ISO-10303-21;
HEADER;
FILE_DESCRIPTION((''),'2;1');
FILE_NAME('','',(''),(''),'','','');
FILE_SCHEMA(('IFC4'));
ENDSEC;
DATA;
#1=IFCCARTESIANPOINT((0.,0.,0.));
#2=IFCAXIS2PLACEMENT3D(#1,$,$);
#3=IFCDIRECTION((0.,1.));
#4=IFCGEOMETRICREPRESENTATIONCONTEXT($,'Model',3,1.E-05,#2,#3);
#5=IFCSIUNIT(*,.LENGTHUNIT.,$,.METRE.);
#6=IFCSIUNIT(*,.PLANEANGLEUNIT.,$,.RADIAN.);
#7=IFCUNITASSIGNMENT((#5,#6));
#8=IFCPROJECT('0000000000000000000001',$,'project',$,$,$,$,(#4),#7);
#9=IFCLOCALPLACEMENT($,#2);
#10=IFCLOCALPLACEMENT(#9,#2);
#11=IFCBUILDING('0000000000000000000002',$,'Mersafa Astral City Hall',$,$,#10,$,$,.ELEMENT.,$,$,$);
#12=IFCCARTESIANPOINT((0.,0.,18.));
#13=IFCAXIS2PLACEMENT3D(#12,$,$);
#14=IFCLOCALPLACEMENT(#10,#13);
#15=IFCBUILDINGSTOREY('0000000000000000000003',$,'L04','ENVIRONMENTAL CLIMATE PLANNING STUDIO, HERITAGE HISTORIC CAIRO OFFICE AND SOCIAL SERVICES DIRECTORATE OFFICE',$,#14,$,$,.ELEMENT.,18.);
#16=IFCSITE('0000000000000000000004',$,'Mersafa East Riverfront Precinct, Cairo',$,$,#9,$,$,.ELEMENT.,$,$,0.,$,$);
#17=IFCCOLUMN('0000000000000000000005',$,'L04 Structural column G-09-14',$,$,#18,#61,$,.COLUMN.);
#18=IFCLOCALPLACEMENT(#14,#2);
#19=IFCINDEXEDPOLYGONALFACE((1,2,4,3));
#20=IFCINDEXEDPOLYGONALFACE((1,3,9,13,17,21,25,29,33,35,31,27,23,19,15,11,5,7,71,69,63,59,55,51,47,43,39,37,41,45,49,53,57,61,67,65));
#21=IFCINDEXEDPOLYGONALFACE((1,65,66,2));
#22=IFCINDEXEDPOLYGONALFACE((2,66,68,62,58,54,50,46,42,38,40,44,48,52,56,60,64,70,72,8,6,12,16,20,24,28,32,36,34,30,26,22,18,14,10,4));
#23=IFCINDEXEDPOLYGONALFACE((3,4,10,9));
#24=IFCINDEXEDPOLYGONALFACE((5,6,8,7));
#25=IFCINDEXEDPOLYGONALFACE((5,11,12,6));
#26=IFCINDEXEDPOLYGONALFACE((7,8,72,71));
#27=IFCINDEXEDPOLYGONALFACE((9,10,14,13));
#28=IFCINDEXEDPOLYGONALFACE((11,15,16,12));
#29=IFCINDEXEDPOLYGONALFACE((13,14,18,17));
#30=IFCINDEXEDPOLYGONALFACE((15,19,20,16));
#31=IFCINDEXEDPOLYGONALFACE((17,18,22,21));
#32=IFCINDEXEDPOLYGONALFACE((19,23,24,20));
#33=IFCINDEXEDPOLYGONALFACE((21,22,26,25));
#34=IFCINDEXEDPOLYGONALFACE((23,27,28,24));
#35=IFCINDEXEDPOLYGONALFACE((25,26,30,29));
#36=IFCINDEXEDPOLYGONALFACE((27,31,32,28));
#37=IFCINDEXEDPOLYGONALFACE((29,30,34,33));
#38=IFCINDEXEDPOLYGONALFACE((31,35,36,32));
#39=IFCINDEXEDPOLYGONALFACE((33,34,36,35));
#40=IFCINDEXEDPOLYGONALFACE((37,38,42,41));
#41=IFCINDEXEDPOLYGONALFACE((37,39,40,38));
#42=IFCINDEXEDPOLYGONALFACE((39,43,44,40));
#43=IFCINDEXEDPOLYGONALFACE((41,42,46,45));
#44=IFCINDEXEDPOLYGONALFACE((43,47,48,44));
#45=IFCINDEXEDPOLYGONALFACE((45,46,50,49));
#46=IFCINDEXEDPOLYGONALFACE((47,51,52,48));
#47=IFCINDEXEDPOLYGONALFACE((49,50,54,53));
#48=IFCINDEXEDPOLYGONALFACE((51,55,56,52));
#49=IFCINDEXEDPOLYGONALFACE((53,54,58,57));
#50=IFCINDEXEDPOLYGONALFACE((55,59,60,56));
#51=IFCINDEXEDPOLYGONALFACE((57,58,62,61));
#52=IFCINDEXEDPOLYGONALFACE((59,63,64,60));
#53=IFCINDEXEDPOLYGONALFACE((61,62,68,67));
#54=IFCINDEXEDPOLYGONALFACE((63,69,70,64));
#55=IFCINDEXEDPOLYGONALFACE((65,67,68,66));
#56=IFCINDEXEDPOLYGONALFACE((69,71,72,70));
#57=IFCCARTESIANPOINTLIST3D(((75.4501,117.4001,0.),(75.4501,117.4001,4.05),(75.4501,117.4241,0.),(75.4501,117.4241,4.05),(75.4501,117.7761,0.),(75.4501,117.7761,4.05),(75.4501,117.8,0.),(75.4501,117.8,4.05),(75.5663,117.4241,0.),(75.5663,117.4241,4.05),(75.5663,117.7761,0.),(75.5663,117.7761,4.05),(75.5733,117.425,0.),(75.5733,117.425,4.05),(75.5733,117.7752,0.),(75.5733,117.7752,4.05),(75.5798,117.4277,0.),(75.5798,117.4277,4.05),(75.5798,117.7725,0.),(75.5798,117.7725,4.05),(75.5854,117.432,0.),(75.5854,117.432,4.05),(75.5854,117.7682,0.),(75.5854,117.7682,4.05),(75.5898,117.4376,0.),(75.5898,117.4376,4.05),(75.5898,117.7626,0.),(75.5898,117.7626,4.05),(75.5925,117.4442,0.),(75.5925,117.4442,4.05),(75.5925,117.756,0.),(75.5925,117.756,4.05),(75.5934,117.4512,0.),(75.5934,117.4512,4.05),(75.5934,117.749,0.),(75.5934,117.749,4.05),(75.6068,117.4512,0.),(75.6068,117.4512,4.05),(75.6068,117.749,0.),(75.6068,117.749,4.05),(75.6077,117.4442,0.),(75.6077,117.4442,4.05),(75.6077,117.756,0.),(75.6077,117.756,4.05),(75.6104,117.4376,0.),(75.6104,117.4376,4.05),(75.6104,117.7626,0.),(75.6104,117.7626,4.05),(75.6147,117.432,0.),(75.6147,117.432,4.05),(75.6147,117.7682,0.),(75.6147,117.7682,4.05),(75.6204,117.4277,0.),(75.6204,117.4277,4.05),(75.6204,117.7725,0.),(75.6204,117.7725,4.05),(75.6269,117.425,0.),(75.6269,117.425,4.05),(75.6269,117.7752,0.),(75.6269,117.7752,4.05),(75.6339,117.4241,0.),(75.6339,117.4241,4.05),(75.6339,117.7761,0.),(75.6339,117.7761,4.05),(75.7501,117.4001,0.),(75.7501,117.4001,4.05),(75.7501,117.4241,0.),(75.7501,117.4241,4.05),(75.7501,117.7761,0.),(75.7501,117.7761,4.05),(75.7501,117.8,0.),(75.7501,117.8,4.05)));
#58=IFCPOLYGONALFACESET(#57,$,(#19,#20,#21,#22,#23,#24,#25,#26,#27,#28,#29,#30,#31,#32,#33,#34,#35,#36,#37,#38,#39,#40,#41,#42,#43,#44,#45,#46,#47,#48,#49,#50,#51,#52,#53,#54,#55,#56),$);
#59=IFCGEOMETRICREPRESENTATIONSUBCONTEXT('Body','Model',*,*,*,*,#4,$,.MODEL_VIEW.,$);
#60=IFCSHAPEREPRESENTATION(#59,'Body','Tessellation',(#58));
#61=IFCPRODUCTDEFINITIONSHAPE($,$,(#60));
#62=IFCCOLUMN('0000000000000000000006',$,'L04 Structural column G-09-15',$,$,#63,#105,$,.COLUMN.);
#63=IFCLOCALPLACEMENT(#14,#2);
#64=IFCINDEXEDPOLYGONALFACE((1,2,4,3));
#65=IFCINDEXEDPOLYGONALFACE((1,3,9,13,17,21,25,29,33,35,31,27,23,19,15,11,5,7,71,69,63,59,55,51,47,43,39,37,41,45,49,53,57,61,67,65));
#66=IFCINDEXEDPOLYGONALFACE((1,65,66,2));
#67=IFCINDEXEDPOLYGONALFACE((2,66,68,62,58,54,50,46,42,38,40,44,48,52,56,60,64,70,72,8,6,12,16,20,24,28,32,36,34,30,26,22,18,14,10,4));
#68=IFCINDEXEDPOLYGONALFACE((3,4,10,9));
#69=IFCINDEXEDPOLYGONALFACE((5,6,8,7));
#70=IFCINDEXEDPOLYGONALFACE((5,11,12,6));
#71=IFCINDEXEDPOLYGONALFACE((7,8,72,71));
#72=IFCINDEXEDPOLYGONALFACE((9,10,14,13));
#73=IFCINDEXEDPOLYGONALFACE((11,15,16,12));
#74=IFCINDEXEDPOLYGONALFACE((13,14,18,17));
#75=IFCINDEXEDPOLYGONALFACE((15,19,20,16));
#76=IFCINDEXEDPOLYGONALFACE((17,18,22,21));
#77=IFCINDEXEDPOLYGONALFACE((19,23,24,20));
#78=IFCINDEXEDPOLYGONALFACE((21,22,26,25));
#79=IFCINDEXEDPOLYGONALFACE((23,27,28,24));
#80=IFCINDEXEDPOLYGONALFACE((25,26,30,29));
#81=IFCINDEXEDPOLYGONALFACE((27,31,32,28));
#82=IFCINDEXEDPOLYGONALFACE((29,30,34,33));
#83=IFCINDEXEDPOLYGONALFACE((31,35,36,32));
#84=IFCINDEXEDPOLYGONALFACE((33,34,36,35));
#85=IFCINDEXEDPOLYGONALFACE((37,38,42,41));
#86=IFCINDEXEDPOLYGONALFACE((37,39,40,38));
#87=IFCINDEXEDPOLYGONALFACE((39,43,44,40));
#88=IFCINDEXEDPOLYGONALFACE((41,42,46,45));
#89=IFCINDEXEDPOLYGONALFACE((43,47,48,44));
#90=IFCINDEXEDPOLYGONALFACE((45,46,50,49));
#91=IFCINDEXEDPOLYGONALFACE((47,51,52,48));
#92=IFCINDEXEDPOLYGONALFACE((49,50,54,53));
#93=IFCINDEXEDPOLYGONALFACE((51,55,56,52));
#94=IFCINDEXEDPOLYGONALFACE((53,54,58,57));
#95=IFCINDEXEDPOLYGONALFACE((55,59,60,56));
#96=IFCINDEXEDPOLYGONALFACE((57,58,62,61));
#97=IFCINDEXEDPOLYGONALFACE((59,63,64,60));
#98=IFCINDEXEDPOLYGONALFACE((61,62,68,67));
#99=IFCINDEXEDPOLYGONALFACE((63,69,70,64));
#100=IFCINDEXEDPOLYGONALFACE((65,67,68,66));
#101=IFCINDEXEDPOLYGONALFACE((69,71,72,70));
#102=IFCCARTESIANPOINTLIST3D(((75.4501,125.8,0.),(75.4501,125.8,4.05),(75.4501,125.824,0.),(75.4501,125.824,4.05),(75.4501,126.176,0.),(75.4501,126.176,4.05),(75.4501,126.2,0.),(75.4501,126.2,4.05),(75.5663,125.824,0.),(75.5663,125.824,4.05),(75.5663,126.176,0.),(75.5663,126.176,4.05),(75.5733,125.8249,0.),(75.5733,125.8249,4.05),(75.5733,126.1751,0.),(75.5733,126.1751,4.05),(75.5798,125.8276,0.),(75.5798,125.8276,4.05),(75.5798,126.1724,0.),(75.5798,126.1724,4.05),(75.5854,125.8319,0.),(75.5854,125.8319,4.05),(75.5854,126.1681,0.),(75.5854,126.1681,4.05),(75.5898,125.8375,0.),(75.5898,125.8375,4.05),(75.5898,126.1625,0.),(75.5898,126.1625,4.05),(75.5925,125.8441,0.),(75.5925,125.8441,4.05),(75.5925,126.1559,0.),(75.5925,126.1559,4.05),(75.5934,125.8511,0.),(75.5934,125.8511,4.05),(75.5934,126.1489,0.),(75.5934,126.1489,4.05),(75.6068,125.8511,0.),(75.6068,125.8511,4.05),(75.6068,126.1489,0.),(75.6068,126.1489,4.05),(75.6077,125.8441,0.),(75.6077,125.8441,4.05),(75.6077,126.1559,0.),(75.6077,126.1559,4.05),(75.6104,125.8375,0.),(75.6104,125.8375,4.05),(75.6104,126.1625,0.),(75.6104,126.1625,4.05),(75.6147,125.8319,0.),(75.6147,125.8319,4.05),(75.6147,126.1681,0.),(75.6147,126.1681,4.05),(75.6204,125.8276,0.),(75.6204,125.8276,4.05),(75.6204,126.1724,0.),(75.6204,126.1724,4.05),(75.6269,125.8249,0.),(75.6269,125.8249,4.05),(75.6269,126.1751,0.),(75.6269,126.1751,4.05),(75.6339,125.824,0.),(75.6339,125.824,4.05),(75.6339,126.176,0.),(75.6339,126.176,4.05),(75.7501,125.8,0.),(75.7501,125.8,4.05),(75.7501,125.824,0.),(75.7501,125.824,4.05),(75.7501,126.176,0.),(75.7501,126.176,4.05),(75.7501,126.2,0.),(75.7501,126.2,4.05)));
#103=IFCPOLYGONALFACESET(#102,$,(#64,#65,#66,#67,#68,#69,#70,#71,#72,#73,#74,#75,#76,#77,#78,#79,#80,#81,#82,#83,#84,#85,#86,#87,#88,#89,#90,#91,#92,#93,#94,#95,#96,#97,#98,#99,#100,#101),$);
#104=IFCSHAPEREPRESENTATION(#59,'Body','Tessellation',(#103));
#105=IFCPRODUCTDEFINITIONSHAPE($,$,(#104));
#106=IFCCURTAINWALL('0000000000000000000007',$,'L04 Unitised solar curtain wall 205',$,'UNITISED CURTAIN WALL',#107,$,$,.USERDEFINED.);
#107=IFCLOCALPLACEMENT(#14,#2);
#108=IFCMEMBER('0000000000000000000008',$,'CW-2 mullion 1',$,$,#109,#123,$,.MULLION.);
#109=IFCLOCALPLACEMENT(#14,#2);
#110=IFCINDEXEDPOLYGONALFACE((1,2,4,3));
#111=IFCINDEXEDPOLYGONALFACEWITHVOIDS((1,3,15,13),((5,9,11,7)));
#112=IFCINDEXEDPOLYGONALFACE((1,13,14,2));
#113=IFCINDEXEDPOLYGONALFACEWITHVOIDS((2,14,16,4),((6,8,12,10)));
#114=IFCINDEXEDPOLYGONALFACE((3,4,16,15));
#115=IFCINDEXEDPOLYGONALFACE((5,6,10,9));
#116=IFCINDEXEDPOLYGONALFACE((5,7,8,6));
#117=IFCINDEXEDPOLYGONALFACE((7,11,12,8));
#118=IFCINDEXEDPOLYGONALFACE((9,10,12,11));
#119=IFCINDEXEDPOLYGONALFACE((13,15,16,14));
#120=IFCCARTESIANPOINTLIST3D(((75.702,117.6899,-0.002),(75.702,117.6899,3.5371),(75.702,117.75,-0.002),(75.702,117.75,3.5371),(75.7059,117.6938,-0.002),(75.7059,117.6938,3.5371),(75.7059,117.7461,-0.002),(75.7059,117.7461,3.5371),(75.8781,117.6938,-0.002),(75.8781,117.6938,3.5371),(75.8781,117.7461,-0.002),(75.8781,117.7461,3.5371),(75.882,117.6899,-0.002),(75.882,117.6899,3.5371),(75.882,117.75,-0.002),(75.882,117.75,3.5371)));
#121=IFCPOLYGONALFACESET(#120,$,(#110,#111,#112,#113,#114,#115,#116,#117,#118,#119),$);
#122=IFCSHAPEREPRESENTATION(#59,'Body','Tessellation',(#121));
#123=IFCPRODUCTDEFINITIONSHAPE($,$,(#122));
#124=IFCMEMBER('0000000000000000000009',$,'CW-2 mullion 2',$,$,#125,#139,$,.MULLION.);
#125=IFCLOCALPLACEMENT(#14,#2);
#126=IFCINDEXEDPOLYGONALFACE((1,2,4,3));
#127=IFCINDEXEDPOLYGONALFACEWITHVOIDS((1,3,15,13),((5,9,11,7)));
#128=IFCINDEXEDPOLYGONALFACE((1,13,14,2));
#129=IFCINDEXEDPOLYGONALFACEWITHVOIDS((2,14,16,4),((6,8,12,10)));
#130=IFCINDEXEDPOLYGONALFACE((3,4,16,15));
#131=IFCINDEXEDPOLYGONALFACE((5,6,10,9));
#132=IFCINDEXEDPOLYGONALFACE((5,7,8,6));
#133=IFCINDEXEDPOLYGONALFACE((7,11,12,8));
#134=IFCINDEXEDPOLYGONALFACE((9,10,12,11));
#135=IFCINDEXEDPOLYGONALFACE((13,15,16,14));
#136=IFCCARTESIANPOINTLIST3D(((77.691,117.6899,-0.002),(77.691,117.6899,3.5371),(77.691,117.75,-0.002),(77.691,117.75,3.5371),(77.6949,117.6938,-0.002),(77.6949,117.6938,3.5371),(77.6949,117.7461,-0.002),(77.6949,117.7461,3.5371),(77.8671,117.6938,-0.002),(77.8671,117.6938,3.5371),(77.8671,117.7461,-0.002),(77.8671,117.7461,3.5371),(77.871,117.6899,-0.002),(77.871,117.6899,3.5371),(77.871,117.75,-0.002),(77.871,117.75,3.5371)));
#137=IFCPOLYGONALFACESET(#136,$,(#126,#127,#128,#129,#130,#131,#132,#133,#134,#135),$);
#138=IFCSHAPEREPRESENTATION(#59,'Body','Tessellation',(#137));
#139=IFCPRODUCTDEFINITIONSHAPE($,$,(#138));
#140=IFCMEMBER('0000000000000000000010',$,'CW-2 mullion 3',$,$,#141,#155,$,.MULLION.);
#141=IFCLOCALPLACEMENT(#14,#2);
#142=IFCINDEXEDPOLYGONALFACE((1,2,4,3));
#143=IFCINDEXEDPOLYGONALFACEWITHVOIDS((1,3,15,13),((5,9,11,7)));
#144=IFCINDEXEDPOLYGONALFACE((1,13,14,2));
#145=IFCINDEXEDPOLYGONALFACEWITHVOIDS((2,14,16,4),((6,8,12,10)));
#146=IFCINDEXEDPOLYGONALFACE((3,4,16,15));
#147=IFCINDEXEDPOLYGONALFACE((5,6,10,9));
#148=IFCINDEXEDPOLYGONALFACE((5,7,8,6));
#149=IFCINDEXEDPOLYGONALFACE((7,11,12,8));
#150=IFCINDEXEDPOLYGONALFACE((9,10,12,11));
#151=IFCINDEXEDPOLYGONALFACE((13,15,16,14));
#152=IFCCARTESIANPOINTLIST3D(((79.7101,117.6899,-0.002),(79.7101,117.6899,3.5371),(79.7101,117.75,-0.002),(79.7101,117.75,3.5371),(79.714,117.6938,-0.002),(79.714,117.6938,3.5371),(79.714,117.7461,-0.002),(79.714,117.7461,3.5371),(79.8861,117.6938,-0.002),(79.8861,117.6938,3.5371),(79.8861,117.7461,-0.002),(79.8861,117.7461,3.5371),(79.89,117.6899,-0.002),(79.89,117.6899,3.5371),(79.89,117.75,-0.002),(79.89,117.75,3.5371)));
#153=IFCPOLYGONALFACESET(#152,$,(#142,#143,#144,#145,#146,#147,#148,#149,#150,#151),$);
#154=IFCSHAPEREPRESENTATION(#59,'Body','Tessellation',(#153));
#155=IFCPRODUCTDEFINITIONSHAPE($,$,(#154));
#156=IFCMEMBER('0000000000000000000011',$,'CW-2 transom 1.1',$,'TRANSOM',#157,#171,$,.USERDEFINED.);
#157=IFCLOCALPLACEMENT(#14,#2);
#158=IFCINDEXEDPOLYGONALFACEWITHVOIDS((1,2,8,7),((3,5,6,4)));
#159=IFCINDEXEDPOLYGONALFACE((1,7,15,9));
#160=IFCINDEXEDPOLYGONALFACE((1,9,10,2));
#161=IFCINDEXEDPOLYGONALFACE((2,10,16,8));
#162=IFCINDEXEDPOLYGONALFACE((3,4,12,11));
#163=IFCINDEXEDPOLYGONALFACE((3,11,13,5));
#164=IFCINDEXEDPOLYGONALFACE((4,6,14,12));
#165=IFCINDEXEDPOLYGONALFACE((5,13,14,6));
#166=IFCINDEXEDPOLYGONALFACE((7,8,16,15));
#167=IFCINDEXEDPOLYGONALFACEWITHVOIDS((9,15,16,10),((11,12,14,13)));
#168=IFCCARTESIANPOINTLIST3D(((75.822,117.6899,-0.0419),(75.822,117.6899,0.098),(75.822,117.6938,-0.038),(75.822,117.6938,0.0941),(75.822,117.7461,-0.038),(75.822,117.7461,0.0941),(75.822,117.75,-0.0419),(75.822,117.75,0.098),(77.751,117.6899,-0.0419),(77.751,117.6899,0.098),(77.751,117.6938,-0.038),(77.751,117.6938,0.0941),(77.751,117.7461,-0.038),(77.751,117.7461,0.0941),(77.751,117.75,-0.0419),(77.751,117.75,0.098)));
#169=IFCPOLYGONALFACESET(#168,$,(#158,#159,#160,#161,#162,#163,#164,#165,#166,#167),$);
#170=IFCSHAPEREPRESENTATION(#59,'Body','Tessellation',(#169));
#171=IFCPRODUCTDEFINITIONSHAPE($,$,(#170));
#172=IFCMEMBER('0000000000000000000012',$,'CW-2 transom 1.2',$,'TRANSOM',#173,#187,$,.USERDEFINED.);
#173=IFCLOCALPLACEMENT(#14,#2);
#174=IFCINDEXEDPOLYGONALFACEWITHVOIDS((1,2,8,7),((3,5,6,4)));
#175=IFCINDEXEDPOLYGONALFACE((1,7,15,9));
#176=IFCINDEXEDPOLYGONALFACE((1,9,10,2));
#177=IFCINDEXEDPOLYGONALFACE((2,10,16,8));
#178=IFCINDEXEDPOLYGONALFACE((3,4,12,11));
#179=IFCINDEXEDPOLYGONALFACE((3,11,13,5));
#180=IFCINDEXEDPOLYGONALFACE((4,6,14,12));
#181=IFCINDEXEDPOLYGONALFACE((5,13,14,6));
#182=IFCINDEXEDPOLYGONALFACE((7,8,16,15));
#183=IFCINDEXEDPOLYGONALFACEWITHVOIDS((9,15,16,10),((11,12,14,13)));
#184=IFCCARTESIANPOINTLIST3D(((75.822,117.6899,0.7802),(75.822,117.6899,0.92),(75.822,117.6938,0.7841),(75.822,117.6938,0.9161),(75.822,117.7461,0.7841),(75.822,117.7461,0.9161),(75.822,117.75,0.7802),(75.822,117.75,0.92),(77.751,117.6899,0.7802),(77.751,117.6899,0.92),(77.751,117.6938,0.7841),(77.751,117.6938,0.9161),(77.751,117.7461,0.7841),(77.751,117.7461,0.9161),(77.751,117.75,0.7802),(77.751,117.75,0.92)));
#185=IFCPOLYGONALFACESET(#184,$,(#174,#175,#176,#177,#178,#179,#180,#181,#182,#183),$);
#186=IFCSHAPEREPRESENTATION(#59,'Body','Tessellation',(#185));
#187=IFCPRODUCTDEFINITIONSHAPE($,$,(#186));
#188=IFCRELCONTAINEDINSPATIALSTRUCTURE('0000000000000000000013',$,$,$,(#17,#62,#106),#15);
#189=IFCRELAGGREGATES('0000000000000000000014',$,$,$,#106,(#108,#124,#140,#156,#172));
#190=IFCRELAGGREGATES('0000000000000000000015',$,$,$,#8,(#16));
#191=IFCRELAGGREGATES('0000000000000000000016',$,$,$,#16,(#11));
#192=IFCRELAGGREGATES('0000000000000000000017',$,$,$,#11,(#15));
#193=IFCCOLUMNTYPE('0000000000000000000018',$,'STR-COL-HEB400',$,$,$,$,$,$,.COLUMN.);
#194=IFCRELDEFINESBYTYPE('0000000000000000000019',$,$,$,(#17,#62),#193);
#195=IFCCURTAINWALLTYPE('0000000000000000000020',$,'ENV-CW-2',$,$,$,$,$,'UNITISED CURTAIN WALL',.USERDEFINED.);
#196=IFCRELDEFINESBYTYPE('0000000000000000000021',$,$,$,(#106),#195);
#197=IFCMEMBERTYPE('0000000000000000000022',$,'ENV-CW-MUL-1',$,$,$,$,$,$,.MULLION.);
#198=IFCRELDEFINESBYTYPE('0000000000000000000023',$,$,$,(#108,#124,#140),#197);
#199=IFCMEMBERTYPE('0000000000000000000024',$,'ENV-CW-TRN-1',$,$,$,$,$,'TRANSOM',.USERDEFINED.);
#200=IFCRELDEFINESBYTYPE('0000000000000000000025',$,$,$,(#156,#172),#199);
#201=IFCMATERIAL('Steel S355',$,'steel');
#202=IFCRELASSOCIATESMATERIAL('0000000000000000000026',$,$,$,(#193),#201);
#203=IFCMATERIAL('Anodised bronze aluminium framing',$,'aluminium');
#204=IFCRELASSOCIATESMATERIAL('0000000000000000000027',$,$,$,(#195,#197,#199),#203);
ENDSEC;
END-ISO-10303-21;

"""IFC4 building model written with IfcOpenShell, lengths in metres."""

from ifc_helpers import new_model, si_unit, direction, frame, origin, origin_2d, place, context, subcontext, project, spatial, hollow_rectangle, i_section, extrude, material, material_profile, profile_set, type_object, element, aggregate, save


model = new_model("IFC4")

# Units and contexts
model_context = context("Model", 3, precision=1e-05, world=origin(), true_north=direction((0.0, 1.0)))
body_context = subcontext(model_context, "Body", "Model", "MODEL_VIEW")
ifc_project = project(units=[si_unit("LENGTHUNIT", "METRE"), si_unit("PLANEANGLEUNIT", "RADIAN")], contexts=[model_context])

# Site, building, storey
site_placement = place(None, origin())
site = spatial("IfcSite", under=ifc_project, at=site_placement, Name="Mersafa East Riverfront Precinct, Cairo", CompositionType="ELEMENT", RefElevation=0.0)
building_placement = place(site_placement, origin())
building = spatial("IfcBuilding", under=site, at=building_placement, Name="Mersafa Astral City Hall", CompositionType="ELEMENT")
storey_placement = place(building_placement, frame((0.0, 0.0, 18.0)))
storey = spatial("IfcBuildingStorey", under=building, at=storey_placement, Name="L04", Description="ENVIRONMENTAL CLIMATE PLANNING STUDIO, HERITAGE HISTORIC CAIRO OFFICE AND SOCIAL SERVICES DIRECTORATE OFFICE", CompositionType="ELEMENT", Elevation=18.0)

# Columns
ifc_material_1 = material(Name="Steel S355", Category="steel")
ifc_material_profile_1 = material_profile(ifc_material_1, i_section(OverallWidth=0.3, OverallDepth=0.3999, WebThickness=0.0134, FlangeThickness=0.0239, FilletRadius=0.0271, at=origin_2d()), Name="HEB 400")
ifc_profile_set_1 = profile_set([ifc_material_profile_1], Name="Steel S355")
column_type = type_object("IfcColumnType", Name="STR-COL-HEB400", PredefinedType="COLUMN", material=ifc_profile_set_1)
for number, where, z_axis, x_axis, name in (
    (1, (75.6001, 117.6001, 0.0), (0.0, 0.0, 1.0), (1.0, 0.0, 0.0), "L04 Structural column G-09-14"),
    (2, (75.6001, 126.0, 0.0), (0.0, 0.0, 1.0), (1.0, 0.0, 0.0), "L04 Structural column G-09-15"),
):
    element("IfcColumn", number, at=place(storey_placement, frame(where, z_axis=z_axis, x_axis=x_axis)), inside=storey, type_object=column_type, Name=name, PredefinedType="COLUMN", context=body_context, shape_type="SweptSolid", body=[
        extrude(i_section(OverallWidth=0.3, OverallDepth=0.3999, WebThickness=0.0134, FlangeThickness=0.0239, FilletRadius=0.0271, at=origin_2d()), origin(), (0.0, 0.0, 1.0), 4.05),
    ])

# Curtain wall, members
ifc_material_2 = material(Name="Anodised bronze aluminium framing", Category="aluminium")
curtain_wall_type = type_object("IfcCurtainWallType", Name="ENV-CW-2", ElementType="UNITISED CURTAIN WALL", PredefinedType="USERDEFINED", material=ifc_material_2)
curtain_wall_placement = place(storey_placement, origin())
curtain_wall = element("IfcCurtainWall", 3, at=curtain_wall_placement, inside=storey, type_object=curtain_wall_type, Name="L04 Unitised solar curtain wall 205", ObjectType="UNITISED CURTAIN WALL", PredefinedType="USERDEFINED")
ifc_material_profile_2 = material_profile(ifc_material_2, hollow_rectangle(XDim=0.0601, YDim=0.1799, WallThickness=0.0039, at=origin_2d()), Name="RHS 60x180x4")
ifc_profile_set_2 = profile_set([ifc_material_profile_2], Name="Anodised bronze aluminium framing")
member_type_1 = type_object("IfcMemberType", Name="ENV-CW-MUL-1", PredefinedType="MULLION", material=ifc_profile_set_2)
member_1_placement = place(storey_placement, frame((75.792, 117.72, -0.002), z_axis=(0.0, 0.0, 1.0), x_axis=(0.0, 1.0, 0.0)))
member_1 = element("IfcMember", 4, at=member_1_placement, type_object=member_type_1, Name="CW-2 mullion 1", PredefinedType="MULLION", context=body_context, shape_type="SweptSolid", body=[
    extrude(hollow_rectangle(XDim=0.0601, YDim=0.1799, WallThickness=0.0039, at=origin_2d()), origin(), (0.0, 0.0, 1.0), 3.5391),
])
member_2_placement = place(storey_placement, frame((77.781, 117.72, -0.002), z_axis=(0.0, 0.0, 1.0), x_axis=(0.0, 1.0, 0.0)))
member_2 = element("IfcMember", 5, at=member_2_placement, type_object=member_type_1, Name="CW-2 mullion 2", PredefinedType="MULLION", context=body_context, shape_type="SweptSolid", body=[
    extrude(hollow_rectangle(XDim=0.0601, YDim=0.1799, WallThickness=0.0039, at=origin_2d()), origin(), (0.0, 0.0, 1.0), 3.5391),
])
member_3_placement = place(storey_placement, frame((79.8, 117.72, -0.002), z_axis=(0.0, 0.0, 1.0), x_axis=(0.0, 1.0, 0.0)))
member_3 = element("IfcMember", 6, at=member_3_placement, type_object=member_type_1, Name="CW-2 mullion 3", PredefinedType="MULLION", context=body_context, shape_type="SweptSolid", body=[
    extrude(hollow_rectangle(XDim=0.0601, YDim=0.1799, WallThickness=0.0039, at=origin_2d()), origin(), (0.0, 0.0, 1.0), 3.5391),
])
ifc_material_profile_3 = material_profile(ifc_material_2, hollow_rectangle(XDim=0.0601, YDim=0.1399, WallThickness=0.0039, at=origin_2d()), Name="RHS 60x140x4")
ifc_profile_set_3 = profile_set([ifc_material_profile_3], Name="Anodised bronze aluminium framing")
member_type_2 = type_object("IfcMemberType", Name="ENV-CW-TRN-1", ElementType="TRANSOM", PredefinedType="USERDEFINED", material=ifc_profile_set_3)
member_4_placement = place(storey_placement, frame((75.822, 117.72, 0.0281), z_axis=(1.0, 0.0, 0.0), x_axis=(0.0, 1.0, 0.0)))
member_4 = element("IfcMember", 7, at=member_4_placement, type_object=member_type_2, Name="CW-2 transom 1.1", ObjectType="TRANSOM", PredefinedType="USERDEFINED", context=body_context, shape_type="SweptSolid", body=[
    extrude(hollow_rectangle(XDim=0.0601, YDim=0.1399, WallThickness=0.0039, at=origin_2d()), origin(), (0.0, 0.0, 1.0), 1.929),
])
member_5_placement = place(storey_placement, frame((75.822, 117.72, 0.8501), z_axis=(1.0, 0.0, 0.0), x_axis=(0.0, 1.0, 0.0)))
member_5 = element("IfcMember", 8, at=member_5_placement, type_object=member_type_2, Name="CW-2 transom 1.2", ObjectType="TRANSOM", PredefinedType="USERDEFINED", context=body_context, shape_type="SweptSolid", body=[
    extrude(hollow_rectangle(XDim=0.0601, YDim=0.1399, WallThickness=0.0039, at=origin_2d()), origin(), (0.0, 0.0, 1.0), 1.929),
])

aggregate(curtain_wall, [member_1, member_2, member_3, member_4, member_5])

save(model, "model.ifc")
